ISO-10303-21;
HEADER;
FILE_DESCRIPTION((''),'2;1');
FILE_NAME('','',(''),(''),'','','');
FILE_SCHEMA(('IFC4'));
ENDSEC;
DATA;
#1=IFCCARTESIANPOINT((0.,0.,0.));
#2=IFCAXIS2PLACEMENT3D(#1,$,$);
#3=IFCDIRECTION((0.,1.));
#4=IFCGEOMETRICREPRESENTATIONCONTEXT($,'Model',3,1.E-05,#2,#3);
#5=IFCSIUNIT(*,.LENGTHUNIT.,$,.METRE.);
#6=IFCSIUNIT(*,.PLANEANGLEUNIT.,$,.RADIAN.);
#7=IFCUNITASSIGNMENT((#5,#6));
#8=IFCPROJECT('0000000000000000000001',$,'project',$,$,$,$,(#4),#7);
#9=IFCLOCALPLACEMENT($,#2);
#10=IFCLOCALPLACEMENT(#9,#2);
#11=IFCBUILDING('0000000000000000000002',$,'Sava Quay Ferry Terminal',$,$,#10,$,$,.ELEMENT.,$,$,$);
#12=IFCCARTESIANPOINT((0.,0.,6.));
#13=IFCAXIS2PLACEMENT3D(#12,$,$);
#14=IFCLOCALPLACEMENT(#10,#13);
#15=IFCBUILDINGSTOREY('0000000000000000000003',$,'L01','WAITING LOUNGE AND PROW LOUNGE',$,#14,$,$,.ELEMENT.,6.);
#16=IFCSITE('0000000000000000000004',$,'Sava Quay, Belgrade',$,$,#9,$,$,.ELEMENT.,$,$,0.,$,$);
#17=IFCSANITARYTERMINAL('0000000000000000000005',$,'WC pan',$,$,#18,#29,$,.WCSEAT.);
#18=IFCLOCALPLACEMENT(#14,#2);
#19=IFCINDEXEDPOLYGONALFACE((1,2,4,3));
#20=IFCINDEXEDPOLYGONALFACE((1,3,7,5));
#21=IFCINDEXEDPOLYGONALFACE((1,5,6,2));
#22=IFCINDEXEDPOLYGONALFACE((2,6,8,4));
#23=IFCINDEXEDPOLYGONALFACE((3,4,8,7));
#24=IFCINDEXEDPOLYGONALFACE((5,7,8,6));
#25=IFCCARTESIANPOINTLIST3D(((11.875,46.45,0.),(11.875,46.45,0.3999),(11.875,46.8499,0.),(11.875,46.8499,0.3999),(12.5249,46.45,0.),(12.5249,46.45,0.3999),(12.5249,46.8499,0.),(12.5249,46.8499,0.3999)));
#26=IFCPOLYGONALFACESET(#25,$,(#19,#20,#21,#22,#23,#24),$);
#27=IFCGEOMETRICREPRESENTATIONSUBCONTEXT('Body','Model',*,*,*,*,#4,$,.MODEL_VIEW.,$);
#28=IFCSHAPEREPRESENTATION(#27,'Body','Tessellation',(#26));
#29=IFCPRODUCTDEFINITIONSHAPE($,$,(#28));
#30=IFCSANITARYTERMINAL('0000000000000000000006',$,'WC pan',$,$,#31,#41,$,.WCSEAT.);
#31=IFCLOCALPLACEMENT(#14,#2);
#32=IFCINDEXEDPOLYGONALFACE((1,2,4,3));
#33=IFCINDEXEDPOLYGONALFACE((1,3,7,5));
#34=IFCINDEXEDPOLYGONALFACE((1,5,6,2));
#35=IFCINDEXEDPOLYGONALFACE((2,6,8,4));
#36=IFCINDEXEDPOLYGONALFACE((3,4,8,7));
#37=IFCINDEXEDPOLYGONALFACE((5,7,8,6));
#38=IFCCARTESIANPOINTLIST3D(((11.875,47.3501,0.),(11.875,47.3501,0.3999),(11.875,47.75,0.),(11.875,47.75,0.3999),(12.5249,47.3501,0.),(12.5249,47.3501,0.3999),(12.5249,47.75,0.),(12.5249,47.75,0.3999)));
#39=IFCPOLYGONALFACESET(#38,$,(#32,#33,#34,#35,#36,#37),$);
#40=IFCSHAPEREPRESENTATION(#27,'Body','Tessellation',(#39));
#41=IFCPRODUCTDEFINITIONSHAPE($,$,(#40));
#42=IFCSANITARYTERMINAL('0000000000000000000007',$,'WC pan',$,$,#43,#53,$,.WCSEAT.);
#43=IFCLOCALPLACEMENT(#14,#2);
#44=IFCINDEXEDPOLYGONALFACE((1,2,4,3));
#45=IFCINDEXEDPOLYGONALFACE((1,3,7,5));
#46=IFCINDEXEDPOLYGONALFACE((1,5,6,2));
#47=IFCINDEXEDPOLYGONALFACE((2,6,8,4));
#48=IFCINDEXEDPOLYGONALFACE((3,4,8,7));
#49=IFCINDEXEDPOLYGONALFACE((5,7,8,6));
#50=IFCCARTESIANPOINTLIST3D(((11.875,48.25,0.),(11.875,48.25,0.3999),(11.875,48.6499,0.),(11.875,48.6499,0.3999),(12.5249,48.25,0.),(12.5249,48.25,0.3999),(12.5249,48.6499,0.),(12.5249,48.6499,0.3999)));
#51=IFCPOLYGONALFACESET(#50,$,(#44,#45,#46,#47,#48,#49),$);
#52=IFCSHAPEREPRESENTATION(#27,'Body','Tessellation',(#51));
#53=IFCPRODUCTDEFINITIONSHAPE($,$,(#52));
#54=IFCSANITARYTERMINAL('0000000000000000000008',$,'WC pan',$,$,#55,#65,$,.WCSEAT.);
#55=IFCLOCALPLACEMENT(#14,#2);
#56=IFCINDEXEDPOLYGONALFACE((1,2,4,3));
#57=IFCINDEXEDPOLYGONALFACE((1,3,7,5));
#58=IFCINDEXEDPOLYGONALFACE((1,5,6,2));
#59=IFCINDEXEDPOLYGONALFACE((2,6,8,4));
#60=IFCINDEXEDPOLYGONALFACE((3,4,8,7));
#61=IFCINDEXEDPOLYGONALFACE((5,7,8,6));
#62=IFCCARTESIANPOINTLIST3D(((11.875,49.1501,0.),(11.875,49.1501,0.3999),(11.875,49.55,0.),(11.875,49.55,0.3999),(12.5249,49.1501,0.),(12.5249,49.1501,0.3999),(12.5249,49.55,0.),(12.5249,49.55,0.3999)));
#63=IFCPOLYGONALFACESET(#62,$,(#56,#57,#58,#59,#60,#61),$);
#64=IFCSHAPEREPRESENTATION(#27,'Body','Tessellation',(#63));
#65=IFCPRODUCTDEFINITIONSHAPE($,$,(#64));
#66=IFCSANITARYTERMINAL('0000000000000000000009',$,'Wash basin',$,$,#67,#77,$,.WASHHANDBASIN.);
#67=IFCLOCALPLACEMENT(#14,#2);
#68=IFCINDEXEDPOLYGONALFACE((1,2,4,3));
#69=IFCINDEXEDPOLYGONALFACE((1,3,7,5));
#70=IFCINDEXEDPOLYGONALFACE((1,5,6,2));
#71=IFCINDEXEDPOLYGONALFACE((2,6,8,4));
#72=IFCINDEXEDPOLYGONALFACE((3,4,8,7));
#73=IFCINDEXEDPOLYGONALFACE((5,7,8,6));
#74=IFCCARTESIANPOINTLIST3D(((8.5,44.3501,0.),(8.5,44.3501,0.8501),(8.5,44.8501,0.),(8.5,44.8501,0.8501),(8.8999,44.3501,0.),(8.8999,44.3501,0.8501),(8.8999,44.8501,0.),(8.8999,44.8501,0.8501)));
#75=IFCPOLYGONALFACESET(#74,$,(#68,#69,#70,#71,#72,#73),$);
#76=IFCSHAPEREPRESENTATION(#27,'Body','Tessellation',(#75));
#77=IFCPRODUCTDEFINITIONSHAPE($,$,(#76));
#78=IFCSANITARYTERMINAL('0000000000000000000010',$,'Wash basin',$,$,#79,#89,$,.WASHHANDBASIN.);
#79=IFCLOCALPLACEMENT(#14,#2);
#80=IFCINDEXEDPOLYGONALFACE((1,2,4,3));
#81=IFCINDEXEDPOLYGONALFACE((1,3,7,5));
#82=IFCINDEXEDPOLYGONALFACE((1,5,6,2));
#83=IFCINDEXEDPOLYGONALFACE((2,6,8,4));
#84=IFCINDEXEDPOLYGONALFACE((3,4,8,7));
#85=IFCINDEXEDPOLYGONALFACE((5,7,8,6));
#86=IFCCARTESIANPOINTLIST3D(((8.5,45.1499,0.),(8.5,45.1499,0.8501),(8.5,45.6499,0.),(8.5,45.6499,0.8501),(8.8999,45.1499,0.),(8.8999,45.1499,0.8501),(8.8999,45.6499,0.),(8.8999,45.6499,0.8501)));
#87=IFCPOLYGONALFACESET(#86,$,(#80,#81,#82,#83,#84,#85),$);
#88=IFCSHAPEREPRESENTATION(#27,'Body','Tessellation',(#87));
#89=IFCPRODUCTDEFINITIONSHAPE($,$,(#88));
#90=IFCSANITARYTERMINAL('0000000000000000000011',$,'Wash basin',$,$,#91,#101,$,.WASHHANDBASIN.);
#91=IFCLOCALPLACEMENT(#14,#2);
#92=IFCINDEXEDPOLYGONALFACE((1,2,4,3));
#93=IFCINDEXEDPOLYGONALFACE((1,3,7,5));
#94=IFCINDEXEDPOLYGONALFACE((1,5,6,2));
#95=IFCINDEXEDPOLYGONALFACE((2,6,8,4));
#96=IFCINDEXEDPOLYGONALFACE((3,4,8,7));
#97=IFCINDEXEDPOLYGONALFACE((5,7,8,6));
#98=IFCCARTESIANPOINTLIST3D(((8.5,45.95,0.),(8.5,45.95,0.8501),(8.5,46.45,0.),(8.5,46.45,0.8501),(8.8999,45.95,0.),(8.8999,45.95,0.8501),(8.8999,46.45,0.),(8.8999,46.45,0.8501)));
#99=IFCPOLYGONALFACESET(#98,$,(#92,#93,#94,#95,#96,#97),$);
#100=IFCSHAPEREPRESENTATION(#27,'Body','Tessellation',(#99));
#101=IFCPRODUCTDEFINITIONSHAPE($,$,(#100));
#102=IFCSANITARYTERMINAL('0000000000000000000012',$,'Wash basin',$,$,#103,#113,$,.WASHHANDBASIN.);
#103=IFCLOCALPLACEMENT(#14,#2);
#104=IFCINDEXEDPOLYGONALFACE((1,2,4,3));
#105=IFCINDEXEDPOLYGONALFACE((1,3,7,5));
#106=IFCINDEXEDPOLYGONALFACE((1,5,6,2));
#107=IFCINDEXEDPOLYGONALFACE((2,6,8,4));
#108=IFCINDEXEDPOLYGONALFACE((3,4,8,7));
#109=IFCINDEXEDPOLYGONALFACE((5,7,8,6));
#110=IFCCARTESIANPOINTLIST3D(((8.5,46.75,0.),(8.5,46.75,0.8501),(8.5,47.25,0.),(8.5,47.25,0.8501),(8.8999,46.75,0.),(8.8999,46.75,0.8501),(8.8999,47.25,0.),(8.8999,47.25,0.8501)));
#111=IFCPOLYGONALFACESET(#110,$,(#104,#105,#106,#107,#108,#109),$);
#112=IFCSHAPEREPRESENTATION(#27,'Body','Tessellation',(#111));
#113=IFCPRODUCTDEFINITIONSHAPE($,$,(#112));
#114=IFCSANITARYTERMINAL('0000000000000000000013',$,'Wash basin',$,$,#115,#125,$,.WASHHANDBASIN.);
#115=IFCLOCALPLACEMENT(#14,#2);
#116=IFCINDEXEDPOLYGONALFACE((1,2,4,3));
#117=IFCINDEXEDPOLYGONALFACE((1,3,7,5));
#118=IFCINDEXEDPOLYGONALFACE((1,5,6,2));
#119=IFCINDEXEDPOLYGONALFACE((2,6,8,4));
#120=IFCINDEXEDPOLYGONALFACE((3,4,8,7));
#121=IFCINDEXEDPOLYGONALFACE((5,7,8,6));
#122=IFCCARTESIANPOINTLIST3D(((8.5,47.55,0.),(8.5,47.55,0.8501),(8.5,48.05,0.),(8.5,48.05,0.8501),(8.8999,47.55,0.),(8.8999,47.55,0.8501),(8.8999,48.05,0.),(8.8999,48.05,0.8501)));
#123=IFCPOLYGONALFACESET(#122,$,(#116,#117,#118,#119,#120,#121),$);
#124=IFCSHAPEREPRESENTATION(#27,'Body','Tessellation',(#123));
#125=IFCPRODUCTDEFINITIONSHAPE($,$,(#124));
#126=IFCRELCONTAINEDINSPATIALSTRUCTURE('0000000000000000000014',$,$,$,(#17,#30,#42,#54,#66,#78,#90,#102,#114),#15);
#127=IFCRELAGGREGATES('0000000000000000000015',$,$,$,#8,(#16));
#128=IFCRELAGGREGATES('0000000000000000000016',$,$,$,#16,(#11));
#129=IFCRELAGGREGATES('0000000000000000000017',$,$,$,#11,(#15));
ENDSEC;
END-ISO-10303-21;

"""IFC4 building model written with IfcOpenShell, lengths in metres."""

from ifc_helpers import new_model, si_unit, direction, frame, origin, origin_2d, place, context, subcontext, project, spatial, rectangle, extrude, element, save


model = new_model("IFC4")

# Units and contexts
model_context = context("Model", 3, precision=1e-05, world=origin(), true_north=direction((0.0, 1.0)))
body_context = subcontext(model_context, "Body", "Model", "MODEL_VIEW")
ifc_project = project(units=[si_unit("LENGTHUNIT", "METRE"), si_unit("PLANEANGLEUNIT", "RADIAN")], contexts=[model_context])

# Site, building, storey
site_placement = place(None, origin())
site = spatial("IfcSite", under=ifc_project, at=site_placement, Name="Sava Quay, Belgrade", CompositionType="ELEMENT", RefElevation=0.0)
building_placement = place(site_placement, origin())
building = spatial("IfcBuilding", under=site, at=building_placement, Name="Sava Quay Ferry Terminal", CompositionType="ELEMENT")
storey_placement = place(building_placement, frame((0.0, 0.0, 6.0)))
storey = spatial("IfcBuildingStorey", under=building, at=storey_placement, Name="L01", Description="WAITING LOUNGE AND PROW LOUNGE", CompositionType="ELEMENT", Elevation=6.0)

# Sanitary terminals
for number, where, z_axis, x_axis, name in (
    (1, (12.2, 46.6499, 0.0), (0.0, 0.0, 1.0), (1.0, 0.0, 0.0), "WC pan"),
    (2, (12.2, 47.55, 0.0), (0.0, 0.0, 1.0), (1.0, 0.0, 0.0), "WC pan"),
    (3, (12.2, 48.45, 0.0), (0.0, 0.0, 1.0), (1.0, 0.0, 0.0), "WC pan"),
    (4, (12.2, 49.3501, 0.0), (0.0, 0.0, 1.0), (1.0, 0.0, 0.0), "WC pan"),
):
    element("IfcSanitaryTerminal", number, at=place(storey_placement, frame(where, z_axis=z_axis, x_axis=x_axis)), inside=storey, Name=name, PredefinedType="WCSEAT", context=body_context, shape_type="SweptSolid", body=[
        extrude(rectangle(XDim=0.6499, YDim=0.3999, at=origin_2d()), origin(), (0.0, 0.0, 1.0), 0.3999),
    ])
for number, where, z_axis, x_axis, name in (
    (5, (8.7, 44.6001, 0.0), (0.0, 0.0, 1.0), (1.0, 0.0, 0.0), "Wash basin"),
    (6, (8.7, 45.3999, 0.0), (0.0, 0.0, 1.0), (1.0, 0.0, 0.0), "Wash basin"),
    (7, (8.7, 46.2, 0.0), (0.0, 0.0, 1.0), (1.0, 0.0, 0.0), "Wash basin"),
    (8, (8.7, 47.0, 0.0), (0.0, 0.0, 1.0), (1.0, 0.0, 0.0), "Wash basin"),
    (9, (8.7, 47.8, 0.0), (0.0, 0.0, 1.0), (1.0, 0.0, 0.0), "Wash basin"),
):
    element("IfcSanitaryTerminal", number, at=place(storey_placement, frame(where, z_axis=z_axis, x_axis=x_axis)), inside=storey, Name=name, PredefinedType="WASHHANDBASIN", context=body_context, shape_type="SweptSolid", body=[
        extrude(rectangle(XDim=0.3999, YDim=0.5, at=origin_2d()), origin(), (0.0, 0.0, 1.0), 0.8501),
    ])

save(model, "model.ifc")
